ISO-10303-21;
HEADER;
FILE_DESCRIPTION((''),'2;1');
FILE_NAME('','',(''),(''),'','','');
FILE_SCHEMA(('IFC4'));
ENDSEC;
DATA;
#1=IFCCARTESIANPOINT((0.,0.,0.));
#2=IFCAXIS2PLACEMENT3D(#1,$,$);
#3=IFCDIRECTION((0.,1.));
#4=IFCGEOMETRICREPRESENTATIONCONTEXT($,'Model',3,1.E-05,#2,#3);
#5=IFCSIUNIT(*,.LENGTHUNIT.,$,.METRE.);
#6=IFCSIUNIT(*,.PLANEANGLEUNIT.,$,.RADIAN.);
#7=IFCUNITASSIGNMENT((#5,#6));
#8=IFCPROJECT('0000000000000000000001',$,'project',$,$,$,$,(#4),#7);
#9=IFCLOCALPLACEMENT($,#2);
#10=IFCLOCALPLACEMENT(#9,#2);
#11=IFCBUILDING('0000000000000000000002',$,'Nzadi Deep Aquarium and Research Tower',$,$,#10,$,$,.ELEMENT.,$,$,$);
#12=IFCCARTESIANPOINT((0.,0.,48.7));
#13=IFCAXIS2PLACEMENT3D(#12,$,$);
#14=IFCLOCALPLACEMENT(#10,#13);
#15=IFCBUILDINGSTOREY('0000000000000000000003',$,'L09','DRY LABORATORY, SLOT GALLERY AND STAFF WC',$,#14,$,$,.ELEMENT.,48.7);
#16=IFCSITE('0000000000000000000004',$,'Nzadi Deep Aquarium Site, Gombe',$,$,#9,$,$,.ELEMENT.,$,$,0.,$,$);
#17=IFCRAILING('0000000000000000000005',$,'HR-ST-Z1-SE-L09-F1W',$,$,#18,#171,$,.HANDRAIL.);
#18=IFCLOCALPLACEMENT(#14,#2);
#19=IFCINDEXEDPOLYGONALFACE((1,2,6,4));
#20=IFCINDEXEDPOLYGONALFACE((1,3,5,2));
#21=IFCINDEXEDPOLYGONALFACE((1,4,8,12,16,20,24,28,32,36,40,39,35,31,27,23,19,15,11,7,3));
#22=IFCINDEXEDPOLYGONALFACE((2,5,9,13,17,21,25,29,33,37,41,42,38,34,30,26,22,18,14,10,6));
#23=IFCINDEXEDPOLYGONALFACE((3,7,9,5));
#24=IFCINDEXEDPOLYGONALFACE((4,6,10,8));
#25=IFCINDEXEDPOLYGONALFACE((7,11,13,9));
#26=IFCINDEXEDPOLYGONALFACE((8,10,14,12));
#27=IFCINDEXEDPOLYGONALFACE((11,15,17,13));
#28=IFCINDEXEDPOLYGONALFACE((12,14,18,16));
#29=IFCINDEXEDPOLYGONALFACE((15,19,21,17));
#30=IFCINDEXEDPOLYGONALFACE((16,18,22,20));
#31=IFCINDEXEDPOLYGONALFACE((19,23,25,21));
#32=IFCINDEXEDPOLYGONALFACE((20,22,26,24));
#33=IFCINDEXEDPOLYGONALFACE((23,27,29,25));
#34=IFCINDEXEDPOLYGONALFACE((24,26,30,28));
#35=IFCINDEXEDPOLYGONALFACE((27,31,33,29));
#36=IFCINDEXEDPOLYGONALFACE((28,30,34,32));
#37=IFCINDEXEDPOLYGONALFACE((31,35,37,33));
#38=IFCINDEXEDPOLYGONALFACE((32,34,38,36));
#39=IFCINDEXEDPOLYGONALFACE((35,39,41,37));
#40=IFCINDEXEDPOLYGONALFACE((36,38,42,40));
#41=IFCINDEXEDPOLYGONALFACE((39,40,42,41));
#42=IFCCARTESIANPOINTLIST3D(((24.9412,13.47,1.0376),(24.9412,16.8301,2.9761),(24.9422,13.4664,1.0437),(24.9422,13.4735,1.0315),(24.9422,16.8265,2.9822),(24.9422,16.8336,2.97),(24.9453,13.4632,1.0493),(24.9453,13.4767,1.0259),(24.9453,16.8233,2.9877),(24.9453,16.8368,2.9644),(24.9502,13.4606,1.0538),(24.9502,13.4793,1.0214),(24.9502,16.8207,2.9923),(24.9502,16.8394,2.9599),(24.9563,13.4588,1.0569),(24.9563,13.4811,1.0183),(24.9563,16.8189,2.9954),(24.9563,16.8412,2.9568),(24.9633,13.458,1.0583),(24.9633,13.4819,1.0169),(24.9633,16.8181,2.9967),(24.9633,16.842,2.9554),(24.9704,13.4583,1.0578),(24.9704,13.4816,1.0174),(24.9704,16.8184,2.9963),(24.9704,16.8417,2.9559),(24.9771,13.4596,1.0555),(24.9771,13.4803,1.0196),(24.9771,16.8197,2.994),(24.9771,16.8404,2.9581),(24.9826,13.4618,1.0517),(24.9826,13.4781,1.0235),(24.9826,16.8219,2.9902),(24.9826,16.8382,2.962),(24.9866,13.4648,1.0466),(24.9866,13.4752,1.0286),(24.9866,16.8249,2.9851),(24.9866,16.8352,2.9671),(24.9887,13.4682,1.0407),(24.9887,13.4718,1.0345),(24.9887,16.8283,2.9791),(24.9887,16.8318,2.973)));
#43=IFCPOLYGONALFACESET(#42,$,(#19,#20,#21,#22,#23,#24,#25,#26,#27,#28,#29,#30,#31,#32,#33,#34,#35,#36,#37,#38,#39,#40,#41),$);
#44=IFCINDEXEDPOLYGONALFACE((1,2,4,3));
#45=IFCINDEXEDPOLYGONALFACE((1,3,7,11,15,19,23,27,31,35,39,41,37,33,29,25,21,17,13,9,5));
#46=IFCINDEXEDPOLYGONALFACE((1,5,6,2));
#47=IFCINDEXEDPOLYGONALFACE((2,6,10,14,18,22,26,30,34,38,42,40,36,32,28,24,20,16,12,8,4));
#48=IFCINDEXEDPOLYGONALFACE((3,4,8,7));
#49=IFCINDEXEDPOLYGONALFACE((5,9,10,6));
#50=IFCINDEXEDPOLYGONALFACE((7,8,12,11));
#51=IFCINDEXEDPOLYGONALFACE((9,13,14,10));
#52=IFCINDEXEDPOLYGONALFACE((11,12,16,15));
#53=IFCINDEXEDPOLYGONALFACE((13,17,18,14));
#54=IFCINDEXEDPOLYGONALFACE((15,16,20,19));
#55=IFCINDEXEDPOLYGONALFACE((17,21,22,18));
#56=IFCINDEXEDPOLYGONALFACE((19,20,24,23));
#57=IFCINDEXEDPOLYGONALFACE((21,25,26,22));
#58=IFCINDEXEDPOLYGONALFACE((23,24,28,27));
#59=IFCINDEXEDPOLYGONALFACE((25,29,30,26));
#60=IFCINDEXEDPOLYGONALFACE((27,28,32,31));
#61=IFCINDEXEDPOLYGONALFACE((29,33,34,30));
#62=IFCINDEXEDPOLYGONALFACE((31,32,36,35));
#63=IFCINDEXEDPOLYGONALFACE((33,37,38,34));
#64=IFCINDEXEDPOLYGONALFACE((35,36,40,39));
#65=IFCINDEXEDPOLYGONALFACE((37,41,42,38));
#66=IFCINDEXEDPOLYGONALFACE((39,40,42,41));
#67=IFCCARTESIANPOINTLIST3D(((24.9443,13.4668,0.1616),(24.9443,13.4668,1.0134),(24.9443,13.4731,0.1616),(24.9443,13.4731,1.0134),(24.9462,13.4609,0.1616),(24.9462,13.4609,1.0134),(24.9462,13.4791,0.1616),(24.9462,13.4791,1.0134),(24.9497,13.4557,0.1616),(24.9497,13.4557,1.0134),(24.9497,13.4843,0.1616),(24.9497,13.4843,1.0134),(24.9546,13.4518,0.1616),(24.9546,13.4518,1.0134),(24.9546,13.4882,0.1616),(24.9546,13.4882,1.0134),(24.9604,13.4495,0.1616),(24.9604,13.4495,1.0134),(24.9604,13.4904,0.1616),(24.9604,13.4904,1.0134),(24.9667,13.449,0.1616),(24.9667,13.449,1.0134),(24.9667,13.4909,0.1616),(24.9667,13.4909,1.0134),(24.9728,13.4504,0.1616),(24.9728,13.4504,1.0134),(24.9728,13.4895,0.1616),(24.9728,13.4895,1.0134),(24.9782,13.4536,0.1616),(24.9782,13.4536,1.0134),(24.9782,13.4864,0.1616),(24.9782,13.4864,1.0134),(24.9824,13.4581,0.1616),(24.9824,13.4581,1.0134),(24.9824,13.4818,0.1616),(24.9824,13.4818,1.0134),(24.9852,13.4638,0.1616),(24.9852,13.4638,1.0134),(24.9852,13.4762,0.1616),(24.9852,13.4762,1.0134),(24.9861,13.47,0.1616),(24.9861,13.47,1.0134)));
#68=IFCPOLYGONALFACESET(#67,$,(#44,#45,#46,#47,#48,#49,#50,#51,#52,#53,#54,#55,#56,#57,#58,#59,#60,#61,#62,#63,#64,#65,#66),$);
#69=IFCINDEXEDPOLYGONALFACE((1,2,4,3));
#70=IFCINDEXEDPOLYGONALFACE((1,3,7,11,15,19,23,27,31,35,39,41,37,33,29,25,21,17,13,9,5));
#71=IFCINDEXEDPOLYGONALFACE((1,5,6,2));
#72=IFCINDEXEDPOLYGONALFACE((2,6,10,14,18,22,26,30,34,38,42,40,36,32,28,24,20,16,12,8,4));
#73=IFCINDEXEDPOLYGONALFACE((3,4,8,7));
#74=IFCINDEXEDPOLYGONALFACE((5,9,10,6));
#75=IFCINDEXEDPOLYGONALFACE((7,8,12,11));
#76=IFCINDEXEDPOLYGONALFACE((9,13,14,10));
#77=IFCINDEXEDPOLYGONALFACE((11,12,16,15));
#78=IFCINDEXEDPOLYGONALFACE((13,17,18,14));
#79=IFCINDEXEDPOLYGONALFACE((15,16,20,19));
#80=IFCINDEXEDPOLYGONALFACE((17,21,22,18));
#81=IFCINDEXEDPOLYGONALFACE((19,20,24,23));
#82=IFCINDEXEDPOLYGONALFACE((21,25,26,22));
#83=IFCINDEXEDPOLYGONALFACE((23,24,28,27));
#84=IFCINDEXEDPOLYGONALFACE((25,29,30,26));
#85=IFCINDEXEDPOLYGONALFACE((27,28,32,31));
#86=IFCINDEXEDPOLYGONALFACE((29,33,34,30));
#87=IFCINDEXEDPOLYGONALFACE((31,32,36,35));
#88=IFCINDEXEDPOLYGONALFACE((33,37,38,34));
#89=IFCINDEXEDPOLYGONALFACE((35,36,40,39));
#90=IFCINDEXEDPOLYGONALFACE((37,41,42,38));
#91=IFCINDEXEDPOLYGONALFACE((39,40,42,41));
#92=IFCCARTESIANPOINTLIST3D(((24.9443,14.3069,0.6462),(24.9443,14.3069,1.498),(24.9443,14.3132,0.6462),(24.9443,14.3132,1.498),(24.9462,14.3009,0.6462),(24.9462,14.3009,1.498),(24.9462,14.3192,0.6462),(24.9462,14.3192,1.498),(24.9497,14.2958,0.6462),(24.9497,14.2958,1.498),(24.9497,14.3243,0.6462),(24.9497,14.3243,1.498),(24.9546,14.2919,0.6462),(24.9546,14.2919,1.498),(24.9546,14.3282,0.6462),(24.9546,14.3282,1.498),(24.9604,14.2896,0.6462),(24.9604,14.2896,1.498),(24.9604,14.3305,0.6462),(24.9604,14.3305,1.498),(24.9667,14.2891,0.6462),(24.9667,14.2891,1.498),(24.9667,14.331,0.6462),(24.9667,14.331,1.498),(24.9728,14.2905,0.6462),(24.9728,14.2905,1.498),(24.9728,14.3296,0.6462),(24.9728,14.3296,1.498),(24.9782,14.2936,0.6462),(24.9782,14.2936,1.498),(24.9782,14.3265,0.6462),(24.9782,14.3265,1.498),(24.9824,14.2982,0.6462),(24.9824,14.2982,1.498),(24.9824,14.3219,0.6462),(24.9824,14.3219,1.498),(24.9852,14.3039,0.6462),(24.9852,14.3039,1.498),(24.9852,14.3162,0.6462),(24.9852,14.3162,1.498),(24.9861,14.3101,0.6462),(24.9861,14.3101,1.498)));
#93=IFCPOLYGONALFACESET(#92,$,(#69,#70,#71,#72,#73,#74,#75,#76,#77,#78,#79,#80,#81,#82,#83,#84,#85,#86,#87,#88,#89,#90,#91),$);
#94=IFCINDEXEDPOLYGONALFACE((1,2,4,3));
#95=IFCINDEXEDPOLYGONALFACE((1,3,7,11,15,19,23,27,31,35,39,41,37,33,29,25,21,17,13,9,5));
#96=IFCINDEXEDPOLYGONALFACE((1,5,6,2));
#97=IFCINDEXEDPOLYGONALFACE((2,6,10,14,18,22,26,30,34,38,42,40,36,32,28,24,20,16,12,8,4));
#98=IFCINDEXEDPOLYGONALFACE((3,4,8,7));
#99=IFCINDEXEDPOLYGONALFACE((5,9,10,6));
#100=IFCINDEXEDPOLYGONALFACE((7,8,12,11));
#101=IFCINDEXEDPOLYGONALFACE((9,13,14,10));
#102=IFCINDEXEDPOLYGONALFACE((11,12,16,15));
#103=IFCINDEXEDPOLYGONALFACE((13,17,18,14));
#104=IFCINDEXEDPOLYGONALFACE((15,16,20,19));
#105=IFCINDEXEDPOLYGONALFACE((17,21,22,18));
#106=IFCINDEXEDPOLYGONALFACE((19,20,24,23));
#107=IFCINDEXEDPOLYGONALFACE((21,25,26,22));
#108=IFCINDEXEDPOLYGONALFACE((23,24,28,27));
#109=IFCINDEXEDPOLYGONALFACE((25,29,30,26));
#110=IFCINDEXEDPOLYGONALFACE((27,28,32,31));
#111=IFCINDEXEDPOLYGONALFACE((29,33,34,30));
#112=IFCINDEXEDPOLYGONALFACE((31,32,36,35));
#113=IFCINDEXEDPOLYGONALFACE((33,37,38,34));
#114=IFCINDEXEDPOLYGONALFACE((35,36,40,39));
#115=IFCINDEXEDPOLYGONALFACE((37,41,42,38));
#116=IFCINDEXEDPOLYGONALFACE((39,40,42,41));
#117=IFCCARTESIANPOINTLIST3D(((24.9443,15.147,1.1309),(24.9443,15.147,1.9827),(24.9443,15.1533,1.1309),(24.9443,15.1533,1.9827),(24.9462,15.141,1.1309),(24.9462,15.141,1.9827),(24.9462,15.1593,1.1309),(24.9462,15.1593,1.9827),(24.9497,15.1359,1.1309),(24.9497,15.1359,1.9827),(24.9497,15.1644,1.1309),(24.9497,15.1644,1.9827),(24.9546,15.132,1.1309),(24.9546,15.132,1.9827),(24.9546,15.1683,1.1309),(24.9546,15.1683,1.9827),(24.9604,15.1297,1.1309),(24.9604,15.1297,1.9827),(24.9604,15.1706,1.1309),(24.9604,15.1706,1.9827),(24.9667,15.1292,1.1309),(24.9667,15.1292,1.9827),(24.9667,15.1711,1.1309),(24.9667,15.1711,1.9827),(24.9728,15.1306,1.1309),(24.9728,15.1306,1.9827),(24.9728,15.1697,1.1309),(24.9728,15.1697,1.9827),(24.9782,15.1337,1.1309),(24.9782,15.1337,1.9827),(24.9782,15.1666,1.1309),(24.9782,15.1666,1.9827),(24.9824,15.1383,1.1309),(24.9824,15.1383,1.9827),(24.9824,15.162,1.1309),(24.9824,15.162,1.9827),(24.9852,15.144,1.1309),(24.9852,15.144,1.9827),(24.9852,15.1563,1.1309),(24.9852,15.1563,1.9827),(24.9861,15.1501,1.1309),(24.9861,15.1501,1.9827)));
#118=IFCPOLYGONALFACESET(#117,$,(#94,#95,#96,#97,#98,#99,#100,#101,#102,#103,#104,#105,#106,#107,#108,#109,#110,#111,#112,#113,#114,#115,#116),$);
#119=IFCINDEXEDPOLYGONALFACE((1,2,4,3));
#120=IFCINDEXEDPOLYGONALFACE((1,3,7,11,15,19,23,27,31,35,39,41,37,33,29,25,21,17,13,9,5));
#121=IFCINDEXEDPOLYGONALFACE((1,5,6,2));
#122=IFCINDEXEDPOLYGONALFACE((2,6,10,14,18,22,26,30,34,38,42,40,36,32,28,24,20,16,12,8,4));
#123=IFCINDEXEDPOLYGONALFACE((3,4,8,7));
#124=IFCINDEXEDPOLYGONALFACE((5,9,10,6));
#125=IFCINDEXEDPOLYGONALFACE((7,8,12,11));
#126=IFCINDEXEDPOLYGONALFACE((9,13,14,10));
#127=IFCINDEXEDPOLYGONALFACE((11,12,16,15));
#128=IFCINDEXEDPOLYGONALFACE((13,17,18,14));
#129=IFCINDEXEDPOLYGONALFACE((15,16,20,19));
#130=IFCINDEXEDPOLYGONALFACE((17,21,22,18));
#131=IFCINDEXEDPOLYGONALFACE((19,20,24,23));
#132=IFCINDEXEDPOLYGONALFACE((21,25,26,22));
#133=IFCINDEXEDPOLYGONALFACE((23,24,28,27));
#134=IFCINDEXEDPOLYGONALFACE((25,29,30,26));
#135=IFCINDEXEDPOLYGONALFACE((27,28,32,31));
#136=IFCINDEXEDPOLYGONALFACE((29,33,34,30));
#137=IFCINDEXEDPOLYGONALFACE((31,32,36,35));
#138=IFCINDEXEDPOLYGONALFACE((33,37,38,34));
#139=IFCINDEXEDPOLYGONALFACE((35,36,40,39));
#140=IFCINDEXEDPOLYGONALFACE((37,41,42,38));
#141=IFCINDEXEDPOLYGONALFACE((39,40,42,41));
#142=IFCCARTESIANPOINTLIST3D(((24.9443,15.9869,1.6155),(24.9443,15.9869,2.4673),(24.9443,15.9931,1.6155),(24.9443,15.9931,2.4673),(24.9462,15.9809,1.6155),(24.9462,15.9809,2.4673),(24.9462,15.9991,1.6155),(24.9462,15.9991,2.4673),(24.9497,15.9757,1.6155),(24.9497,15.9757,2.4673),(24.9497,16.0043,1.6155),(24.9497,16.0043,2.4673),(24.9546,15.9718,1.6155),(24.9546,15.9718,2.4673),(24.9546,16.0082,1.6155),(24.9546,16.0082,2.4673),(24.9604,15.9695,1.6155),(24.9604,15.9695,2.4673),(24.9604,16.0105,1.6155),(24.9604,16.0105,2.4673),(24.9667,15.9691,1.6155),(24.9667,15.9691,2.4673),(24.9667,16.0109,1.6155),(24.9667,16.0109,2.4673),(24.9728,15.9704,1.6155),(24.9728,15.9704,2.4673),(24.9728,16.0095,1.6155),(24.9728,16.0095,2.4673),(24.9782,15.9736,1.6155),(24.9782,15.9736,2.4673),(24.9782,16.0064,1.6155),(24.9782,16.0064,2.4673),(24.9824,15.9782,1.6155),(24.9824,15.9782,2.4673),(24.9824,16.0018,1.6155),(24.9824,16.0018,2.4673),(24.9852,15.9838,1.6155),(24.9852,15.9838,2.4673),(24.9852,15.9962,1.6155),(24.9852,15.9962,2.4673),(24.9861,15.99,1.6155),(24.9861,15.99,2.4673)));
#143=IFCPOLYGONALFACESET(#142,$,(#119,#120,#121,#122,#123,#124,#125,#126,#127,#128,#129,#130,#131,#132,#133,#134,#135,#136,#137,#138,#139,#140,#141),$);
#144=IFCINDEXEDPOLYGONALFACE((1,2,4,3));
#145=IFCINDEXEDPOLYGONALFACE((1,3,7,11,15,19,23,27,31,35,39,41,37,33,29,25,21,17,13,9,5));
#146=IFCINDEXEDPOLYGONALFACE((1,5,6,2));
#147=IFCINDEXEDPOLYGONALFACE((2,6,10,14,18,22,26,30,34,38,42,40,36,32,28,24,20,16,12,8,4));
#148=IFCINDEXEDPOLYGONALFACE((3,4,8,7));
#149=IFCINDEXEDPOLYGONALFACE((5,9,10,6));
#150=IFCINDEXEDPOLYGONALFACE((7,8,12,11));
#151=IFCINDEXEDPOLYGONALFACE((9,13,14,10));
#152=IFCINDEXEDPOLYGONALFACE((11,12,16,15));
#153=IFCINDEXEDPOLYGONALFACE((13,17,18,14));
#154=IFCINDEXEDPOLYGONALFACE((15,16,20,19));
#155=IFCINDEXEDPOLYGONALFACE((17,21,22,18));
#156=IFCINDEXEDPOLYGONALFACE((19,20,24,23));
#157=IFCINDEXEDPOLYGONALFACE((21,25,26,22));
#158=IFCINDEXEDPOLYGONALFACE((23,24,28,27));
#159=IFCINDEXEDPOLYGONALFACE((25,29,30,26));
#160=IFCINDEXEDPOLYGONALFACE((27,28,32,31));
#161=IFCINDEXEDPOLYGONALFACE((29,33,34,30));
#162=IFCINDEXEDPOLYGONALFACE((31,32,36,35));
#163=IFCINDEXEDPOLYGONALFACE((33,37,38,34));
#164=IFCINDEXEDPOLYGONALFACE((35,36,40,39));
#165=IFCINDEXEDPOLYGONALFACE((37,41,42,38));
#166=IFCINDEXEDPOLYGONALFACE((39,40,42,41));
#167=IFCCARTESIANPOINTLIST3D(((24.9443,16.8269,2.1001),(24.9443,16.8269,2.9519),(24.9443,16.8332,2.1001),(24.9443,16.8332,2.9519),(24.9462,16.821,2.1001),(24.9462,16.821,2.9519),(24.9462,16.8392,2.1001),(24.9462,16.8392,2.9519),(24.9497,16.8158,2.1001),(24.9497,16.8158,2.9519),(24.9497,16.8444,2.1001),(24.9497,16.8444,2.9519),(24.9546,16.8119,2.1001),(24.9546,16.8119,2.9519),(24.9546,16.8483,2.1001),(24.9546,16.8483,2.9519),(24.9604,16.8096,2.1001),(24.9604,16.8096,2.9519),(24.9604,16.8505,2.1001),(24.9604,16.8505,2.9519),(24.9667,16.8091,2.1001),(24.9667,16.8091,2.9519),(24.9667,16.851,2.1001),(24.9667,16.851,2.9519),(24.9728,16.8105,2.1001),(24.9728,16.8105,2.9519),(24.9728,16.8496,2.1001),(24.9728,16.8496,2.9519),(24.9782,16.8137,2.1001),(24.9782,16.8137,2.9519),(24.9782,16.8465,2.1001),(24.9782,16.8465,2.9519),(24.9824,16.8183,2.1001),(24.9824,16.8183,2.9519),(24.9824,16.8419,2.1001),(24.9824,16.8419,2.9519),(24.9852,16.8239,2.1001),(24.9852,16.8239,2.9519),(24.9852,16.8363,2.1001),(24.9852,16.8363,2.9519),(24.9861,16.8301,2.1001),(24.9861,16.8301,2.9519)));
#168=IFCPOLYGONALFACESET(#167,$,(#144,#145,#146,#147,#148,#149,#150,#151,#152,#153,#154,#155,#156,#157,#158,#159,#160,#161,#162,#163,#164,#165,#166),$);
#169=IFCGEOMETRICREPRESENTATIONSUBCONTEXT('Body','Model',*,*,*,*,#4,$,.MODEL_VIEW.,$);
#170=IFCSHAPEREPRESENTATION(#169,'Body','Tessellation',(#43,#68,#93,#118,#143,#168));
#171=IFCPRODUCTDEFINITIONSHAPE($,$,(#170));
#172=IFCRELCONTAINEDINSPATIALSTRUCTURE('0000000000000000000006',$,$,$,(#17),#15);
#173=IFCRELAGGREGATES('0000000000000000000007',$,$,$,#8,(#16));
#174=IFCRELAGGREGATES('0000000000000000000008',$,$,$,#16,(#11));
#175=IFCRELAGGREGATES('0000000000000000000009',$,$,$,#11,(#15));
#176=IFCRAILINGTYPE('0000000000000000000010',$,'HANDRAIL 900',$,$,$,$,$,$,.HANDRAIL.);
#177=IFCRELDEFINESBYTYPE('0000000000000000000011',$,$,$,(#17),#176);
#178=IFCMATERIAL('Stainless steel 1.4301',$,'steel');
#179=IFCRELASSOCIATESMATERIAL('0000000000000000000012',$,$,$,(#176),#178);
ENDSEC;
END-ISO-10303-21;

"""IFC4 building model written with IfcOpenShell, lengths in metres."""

from ifc_helpers import new_model, si_unit, direction, frame, origin, origin_2d, place, context, subcontext, project, spatial, circle, extrude, material, type_object, element, save


model = new_model("IFC4")

# Units and contexts
model_context = context("Model", 3, precision=1e-05, world=origin(), true_north=direction((0.0, 1.0)))
body_context = subcontext(model_context, "Body", "Model", "MODEL_VIEW")
ifc_project = project(units=[si_unit("LENGTHUNIT", "METRE"), si_unit("PLANEANGLEUNIT", "RADIAN")], contexts=[model_context])

# Site, building, storey
site_placement = place(None, origin())
site = spatial("IfcSite", under=ifc_project, at=site_placement, Name="Nzadi Deep Aquarium Site, Gombe", CompositionType="ELEMENT", RefElevation=0.0)
building_placement = place(site_placement, origin())
building = spatial("IfcBuilding", under=site, at=building_placement, Name="Nzadi Deep Aquarium and Research Tower", CompositionType="ELEMENT")
storey_placement = place(building_placement, frame((0.0, 0.0, 48.7)))
storey = spatial("IfcBuildingStorey", under=building, at=storey_placement, Name="L09", Description="DRY LABORATORY, SLOT GALLERY AND STAFF WC", CompositionType="ELEMENT", Elevation=48.7)

# Railing
ifc_material_1 = material(Name="Stainless steel 1.4301", Category="steel")
railing_type = type_object("IfcRailingType", Name="HANDRAIL 900", PredefinedType="HANDRAIL", material=ifc_material_1)
railing_1_placement = place(storey_placement, frame((24.9651, 13.47, 0.1616)))
element("IfcRailing", 1, at=railing_1_placement, inside=storey, type_object=railing_type, Name="HR-ST-Z1-SE-L09-F1W", PredefinedType="HANDRAIL", context=body_context, shape_type="SweptSolid", body=[
    extrude(circle(Radius=0.0239, at=origin_2d()), frame((0.0, 0.0, 0.876), z_axis=(0.0, 0.866191, 0.499713), x_axis=(-1.0, 0.0, 0.0)), (0.0, 0.0, 1.0), 3.8792),
    extrude(circle(Radius=0.021, at=origin_2d()), origin(), (0.0, 0.0, 1.0), 0.8518),
    extrude(circle(Radius=0.021, at=origin_2d()), frame((0.0, 0.8401, 0.4846)), (0.0, 0.0, 1.0), 0.8518),
    extrude(circle(Radius=0.021, at=origin_2d()), frame((0.0, 1.6802, 0.9692)), (0.0, 0.0, 1.0), 0.8518),
    extrude(circle(Radius=0.021, at=origin_2d()), frame((0.0, 2.52, 1.4539)), (0.0, 0.0, 1.0), 0.8518),
    extrude(circle(Radius=0.021, at=origin_2d()), frame((0.0, 3.3601, 1.9385)), (0.0, 0.0, 1.0), 0.8518),
])

save(model, "model.ifc")
